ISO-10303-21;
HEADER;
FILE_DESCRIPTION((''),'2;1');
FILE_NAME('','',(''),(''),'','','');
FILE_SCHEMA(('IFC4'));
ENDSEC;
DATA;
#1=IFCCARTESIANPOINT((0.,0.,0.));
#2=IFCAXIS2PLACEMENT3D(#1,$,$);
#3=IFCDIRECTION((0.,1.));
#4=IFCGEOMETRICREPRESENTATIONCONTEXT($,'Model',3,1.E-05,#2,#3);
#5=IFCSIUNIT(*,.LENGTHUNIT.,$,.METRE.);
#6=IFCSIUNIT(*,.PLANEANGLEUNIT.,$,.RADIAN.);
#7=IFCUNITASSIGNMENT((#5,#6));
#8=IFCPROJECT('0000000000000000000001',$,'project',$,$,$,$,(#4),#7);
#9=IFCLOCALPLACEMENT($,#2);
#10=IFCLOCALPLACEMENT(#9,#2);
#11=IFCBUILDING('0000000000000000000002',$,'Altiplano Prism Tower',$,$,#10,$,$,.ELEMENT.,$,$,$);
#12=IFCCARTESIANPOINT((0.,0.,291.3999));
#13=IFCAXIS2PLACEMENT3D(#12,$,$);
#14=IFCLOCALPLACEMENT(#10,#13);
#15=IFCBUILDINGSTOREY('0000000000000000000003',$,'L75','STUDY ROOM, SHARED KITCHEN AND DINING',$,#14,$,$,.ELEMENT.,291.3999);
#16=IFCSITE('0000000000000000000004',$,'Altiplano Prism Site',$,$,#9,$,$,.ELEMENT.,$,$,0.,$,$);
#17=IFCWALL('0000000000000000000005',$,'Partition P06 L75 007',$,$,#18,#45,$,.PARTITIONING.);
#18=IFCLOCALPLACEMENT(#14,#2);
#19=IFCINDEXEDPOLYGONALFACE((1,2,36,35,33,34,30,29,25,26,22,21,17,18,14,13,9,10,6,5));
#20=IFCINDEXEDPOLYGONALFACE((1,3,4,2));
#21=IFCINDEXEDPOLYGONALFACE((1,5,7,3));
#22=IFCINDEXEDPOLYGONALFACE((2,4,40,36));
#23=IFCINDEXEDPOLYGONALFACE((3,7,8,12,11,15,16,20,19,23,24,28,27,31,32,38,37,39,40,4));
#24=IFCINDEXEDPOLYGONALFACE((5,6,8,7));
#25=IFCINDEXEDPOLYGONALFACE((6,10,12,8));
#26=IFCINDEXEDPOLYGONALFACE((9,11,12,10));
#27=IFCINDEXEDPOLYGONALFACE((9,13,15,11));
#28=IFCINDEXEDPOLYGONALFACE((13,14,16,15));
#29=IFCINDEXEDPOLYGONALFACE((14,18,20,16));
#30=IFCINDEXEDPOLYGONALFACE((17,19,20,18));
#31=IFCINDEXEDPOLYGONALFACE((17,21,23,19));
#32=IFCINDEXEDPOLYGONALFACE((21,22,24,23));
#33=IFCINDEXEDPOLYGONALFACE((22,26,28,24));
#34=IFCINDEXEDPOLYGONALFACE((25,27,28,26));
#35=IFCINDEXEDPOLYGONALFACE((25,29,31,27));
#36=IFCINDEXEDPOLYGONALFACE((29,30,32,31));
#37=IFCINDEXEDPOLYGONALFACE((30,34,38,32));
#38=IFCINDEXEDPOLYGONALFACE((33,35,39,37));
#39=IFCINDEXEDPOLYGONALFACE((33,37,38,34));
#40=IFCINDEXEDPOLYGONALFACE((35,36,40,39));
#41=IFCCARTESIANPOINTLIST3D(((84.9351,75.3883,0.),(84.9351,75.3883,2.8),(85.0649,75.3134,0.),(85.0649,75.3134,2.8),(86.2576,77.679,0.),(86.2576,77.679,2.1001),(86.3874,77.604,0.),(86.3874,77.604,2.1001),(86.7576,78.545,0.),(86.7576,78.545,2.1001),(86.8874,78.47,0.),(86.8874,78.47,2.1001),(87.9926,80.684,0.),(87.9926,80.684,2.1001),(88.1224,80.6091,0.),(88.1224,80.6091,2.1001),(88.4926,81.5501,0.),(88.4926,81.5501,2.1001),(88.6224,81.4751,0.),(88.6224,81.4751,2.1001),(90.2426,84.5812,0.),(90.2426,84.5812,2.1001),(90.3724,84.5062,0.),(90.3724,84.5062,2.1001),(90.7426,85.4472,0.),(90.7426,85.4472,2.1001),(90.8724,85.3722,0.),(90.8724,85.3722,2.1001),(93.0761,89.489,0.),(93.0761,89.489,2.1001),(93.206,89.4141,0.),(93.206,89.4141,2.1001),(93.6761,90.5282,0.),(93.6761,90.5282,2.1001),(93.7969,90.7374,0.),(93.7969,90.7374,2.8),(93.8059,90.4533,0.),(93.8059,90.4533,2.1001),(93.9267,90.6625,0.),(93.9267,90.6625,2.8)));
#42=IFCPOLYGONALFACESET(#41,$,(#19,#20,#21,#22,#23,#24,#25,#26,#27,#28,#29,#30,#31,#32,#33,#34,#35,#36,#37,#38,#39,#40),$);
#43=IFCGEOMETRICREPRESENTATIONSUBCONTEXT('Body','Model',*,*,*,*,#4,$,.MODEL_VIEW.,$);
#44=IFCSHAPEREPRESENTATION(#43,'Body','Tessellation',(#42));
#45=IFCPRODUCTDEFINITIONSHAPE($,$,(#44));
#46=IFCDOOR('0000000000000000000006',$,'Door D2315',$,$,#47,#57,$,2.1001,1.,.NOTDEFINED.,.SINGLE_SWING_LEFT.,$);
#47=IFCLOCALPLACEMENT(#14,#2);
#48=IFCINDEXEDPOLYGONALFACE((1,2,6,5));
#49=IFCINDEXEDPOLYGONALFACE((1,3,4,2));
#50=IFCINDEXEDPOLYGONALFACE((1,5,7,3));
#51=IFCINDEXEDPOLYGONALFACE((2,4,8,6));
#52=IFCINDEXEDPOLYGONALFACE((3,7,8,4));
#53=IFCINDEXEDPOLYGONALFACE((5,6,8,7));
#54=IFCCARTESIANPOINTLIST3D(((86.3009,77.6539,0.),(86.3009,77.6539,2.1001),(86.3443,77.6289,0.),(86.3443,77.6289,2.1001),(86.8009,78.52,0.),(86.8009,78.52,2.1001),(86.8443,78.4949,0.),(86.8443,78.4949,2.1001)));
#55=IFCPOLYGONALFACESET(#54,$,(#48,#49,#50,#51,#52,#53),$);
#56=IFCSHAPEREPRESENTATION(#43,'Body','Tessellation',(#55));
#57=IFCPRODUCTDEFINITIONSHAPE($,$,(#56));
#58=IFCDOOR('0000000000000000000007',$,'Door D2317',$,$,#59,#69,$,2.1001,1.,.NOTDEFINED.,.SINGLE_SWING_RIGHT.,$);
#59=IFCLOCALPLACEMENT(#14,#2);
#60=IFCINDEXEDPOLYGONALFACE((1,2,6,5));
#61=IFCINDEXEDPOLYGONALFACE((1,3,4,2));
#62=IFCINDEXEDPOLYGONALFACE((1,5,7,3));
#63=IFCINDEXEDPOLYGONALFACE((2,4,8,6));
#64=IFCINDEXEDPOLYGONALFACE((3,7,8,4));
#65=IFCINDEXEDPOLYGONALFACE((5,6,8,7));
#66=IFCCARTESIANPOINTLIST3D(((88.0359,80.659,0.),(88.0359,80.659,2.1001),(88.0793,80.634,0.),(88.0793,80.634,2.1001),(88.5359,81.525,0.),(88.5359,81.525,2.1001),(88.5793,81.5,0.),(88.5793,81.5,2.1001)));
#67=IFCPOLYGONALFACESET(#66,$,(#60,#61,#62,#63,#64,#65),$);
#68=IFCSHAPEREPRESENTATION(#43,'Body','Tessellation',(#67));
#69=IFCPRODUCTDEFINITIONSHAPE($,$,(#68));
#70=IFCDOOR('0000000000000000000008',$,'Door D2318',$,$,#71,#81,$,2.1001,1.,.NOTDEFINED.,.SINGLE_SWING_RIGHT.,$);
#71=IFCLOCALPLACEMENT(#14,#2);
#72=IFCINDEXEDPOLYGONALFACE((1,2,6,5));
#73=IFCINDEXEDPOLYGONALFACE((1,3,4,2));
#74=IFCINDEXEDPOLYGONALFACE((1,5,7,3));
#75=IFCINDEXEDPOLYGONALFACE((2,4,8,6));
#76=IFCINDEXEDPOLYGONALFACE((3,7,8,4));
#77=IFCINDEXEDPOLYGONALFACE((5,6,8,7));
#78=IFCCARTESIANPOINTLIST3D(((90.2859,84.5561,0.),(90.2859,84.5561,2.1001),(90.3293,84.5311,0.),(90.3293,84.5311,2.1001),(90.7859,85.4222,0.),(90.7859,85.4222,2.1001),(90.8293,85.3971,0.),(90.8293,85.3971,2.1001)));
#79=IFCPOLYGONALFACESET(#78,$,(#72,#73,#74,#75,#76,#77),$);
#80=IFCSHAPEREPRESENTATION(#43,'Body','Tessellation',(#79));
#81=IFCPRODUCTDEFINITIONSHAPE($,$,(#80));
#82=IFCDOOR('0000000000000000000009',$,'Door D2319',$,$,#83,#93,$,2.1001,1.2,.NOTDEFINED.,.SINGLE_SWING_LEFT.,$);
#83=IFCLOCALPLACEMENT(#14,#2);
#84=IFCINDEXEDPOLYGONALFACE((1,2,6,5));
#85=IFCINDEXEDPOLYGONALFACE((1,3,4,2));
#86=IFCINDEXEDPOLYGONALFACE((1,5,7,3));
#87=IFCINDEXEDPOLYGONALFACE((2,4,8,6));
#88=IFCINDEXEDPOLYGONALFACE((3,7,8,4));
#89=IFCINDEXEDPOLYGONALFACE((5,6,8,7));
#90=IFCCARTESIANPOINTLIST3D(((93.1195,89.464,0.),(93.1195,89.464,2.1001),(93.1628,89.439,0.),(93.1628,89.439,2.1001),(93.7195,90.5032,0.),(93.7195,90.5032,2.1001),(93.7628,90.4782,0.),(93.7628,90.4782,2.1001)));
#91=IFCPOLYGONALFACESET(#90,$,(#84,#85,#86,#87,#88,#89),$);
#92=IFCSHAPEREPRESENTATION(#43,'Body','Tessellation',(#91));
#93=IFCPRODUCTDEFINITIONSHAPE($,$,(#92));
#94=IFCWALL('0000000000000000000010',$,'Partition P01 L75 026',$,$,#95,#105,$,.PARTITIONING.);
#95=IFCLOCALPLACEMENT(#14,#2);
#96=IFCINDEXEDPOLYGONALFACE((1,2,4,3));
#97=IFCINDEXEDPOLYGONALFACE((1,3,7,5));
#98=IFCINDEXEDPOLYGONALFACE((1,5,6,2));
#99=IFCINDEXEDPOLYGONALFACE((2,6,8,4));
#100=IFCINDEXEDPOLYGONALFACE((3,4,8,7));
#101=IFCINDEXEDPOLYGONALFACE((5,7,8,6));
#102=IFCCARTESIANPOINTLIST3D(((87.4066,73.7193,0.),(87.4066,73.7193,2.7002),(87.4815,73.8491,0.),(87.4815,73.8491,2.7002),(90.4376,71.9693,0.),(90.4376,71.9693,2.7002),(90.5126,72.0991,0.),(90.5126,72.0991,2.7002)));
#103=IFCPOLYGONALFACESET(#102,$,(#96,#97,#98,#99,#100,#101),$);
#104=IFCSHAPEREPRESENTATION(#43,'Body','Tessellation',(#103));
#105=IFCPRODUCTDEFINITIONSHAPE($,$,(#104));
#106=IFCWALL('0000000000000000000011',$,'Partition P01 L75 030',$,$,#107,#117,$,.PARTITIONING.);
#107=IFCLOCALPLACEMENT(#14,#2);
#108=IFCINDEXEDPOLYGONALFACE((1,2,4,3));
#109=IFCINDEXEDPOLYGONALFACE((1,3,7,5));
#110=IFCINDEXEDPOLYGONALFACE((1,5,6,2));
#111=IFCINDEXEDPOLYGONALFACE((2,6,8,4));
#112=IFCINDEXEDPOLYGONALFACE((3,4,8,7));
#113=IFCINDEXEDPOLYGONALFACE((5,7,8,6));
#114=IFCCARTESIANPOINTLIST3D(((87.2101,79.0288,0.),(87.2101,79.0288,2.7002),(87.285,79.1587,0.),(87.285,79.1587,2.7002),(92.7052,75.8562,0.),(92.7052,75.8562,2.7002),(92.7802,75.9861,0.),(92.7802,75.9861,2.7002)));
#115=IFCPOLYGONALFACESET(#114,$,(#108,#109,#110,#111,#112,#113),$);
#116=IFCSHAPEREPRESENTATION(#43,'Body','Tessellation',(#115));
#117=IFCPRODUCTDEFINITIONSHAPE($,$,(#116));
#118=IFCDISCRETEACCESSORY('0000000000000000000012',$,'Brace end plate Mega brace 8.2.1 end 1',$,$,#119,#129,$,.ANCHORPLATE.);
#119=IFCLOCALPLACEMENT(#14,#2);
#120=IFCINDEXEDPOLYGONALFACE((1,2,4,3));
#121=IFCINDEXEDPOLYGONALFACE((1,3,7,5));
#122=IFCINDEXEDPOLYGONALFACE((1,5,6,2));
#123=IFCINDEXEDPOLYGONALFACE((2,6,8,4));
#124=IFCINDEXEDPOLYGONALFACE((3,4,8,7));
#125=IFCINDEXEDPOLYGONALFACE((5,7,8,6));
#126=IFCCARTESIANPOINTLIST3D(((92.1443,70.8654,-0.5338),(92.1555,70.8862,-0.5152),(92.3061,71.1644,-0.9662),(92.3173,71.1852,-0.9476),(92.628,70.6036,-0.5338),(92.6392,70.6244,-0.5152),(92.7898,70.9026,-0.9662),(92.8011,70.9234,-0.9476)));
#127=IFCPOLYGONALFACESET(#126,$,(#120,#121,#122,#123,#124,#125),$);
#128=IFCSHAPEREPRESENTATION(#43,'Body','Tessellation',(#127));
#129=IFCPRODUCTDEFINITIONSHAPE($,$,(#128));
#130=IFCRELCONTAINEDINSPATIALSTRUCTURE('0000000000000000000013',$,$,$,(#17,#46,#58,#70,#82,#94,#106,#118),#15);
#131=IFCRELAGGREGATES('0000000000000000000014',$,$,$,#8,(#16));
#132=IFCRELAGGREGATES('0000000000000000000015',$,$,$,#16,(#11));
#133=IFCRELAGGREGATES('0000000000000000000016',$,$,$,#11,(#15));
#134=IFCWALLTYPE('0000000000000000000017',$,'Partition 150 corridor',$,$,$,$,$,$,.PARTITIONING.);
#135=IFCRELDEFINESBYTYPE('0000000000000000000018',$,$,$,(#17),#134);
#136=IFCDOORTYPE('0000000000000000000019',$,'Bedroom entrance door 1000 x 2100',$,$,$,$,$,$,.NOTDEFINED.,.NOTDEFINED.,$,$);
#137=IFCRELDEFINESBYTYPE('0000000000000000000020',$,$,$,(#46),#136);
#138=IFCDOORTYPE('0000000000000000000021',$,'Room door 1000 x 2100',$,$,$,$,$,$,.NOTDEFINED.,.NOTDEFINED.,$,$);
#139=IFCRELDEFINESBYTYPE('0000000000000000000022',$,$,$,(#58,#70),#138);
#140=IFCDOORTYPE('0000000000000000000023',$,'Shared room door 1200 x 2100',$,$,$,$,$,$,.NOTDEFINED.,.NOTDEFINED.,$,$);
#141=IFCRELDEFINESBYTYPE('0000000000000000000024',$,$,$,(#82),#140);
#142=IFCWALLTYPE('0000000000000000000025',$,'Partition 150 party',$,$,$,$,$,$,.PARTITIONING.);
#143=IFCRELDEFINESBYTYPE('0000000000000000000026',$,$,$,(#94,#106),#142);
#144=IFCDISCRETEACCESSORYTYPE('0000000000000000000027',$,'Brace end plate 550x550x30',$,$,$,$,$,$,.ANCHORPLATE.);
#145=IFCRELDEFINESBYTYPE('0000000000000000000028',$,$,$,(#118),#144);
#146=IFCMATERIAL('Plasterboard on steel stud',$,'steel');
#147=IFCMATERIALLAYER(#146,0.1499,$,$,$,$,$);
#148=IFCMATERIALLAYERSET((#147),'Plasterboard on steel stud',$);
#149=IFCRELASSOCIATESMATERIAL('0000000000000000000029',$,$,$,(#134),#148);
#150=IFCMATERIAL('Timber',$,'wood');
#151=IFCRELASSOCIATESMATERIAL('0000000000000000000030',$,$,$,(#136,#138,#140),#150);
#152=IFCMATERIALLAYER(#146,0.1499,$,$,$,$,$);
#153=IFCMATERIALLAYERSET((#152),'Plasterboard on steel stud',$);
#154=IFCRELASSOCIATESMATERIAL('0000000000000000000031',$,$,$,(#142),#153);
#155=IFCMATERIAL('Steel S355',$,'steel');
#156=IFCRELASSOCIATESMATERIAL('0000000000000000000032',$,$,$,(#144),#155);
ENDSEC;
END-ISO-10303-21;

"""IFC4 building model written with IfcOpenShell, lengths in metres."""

from ifc_helpers import new_model, si_unit, direction, frame, frame_2d, origin, origin_2d, place, context, subcontext, project, spatial, rectangle, extrude, material, layer, layer_set, material_profile, profile_set, type_object, element, fill, save


model = new_model("IFC4")

# Units and contexts
model_context = context("Model", 3, precision=1e-05, world=origin(), true_north=direction((0.0, 1.0)))
body_context = subcontext(model_context, "Body", "Model", "MODEL_VIEW")
ifc_project = project(units=[si_unit("LENGTHUNIT", "METRE"), si_unit("PLANEANGLEUNIT", "RADIAN")], contexts=[model_context])

# Site, building, storey
site_placement = place(None, origin())
site = spatial("IfcSite", under=ifc_project, at=site_placement, Name="Altiplano Prism Site", CompositionType="ELEMENT", RefElevation=0.0)
building_placement = place(site_placement, origin())
building = spatial("IfcBuilding", under=site, at=building_placement, Name="Altiplano Prism Tower", CompositionType="ELEMENT")
storey_placement = place(building_placement, frame((0.0, 0.0, 291.3999)))
storey = spatial("IfcBuildingStorey", under=building, at=storey_placement, Name="L75", Description="STUDY ROOM, SHARED KITCHEN AND DINING", CompositionType="ELEMENT", Elevation=291.3999)

# Shared definitions
ifc_material_1 = material(Name="Steel S355", Category="steel")

# Shared definitions
ifc_material_2 = material(Name="Plasterboard on steel stud", Category="steel")
ifc_material_3 = material(Name="Timber", Category="wood")

# Wall, openings, doors
ifc_layer_1 = layer(ifc_material_2, 0.1499)
ifc_layer_set_1 = layer_set([ifc_layer_1], Name="Plasterboard on steel stud")
wall_type_1 = type_object("IfcWallType", Name="Partition 150 corridor", PredefinedType="PARTITIONING", material=ifc_layer_set_1)
wall_1_placement = place(storey_placement, frame((85.0, 75.3508, 0.0), z_axis=(0.0, 0.0, 1.0), x_axis=(0.5, 0.866025, 0.0)))
wall_1 = element("IfcWall", 1, at=wall_1_placement, inside=storey, type_object=wall_type_1, Name="Partition P06 L75 007", PredefinedType="PARTITIONING", context=body_context, shape_type="SweptSolid", body=[
    extrude(rectangle(XDim=17.7236, YDim=0.1499, at=frame_2d((8.8618, 0.0))), origin(), (0.0, 0.0, 1.0), 2.8),
])
opening_1_placement = place(wall_1_placement, frame((2.645, 0.0, 0.0)))
opening_1 = element("IfcOpeningElement", 2, at=opening_1_placement, cuts=wall_1, PredefinedType="OPENING", context=body_context, shape_type="SweptSolid", body=[
    extrude(rectangle(XDim=1.0, YDim=2.1001, at=frame_2d((0.5, 1.05))), frame((0.0, 0.0854, 0.0), z_axis=(0.0, -1.0, 0.0), x_axis=(1.0, 0.0, 0.0)), (0.0, 0.0, 1.0), 0.1709),
])
opening_2_placement = place(wall_1_placement, frame((6.115, 0.0, 0.0)))
opening_2 = element("IfcOpeningElement", 3, at=opening_2_placement, cuts=wall_1, PredefinedType="OPENING", context=body_context, shape_type="SweptSolid", body=[
    extrude(rectangle(XDim=1.0, YDim=2.1001, at=frame_2d((0.5, 1.05))), frame((0.0, 0.0854, 0.0), z_axis=(0.0, -1.0, 0.0), x_axis=(1.0, 0.0, 0.0)), (0.0, 0.0, 1.0), 0.1709),
])
opening_3_placement = place(wall_1_placement, frame((10.615, 0.0, 0.0)))
opening_3 = element("IfcOpeningElement", 4, at=opening_3_placement, cuts=wall_1, PredefinedType="OPENING", context=body_context, shape_type="SweptSolid", body=[
    extrude(rectangle(XDim=1.0, YDim=2.1001, at=frame_2d((0.5, 1.05))), frame((0.0, 0.0854, 0.0), z_axis=(0.0, -1.0, 0.0), x_axis=(1.0, 0.0, 0.0)), (0.0, 0.0, 1.0), 0.1709),
])
opening_4_placement = place(wall_1_placement, frame((16.282, 0.0, 0.0)))
opening_4 = element("IfcOpeningElement", 5, at=opening_4_placement, cuts=wall_1, PredefinedType="OPENING", context=body_context, shape_type="SweptSolid", body=[
    extrude(rectangle(XDim=1.2, YDim=2.1001, at=frame_2d((0.6001, 1.05))), frame((0.0, 0.0854, 0.0), z_axis=(0.0, -1.0, 0.0), x_axis=(1.0, 0.0, 0.0)), (0.0, 0.0, 1.0), 0.1709),
])
door_type_1 = type_object("IfcDoorType", Name="Bedroom entrance door 1000 x 2100", OperationType="NOTDEFINED", PredefinedType="NOTDEFINED", material=ifc_material_3)
door_1_placement = place(opening_1_placement, origin())
door_1 = element("IfcDoor", 6, at=door_1_placement, inside=storey, type_object=door_type_1, Name="Door D2315", OperationType="SINGLE_SWING_LEFT", OverallHeight=2.1001, OverallWidth=1.0, PredefinedType="NOTDEFINED", context=body_context, shape_type="SweptSolid", body=[
    extrude(rectangle(XDim=1.0, YDim=2.1001, at=frame_2d((0.5, 1.05))), frame((0.0, 0.0249, 0.0), z_axis=(0.0, -1.0, 0.0), x_axis=(1.0, 0.0, 0.0)), (0.0, 0.0, 1.0), 0.05),
])
fill(opening_1, door_1)
door_type_2 = type_object("IfcDoorType", Name="Room door 1000 x 2100", OperationType="NOTDEFINED", PredefinedType="NOTDEFINED", material=ifc_material_3)
door_2_placement = place(opening_2_placement, origin())
door_2 = element("IfcDoor", 7, at=door_2_placement, inside=storey, type_object=door_type_2, Name="Door D2317", OperationType="SINGLE_SWING_RIGHT", OverallHeight=2.1001, OverallWidth=1.0, PredefinedType="NOTDEFINED", context=body_context, shape_type="SweptSolid", body=[
    extrude(rectangle(XDim=1.0, YDim=2.1001, at=frame_2d((0.5, 1.05))), frame((0.0, 0.0249, 0.0), z_axis=(0.0, -1.0, 0.0), x_axis=(1.0, 0.0, 0.0)), (0.0, 0.0, 1.0), 0.05),
])
fill(opening_2, door_2)
door_3_placement = place(opening_3_placement, origin())
door_3 = element("IfcDoor", 8, at=door_3_placement, inside=storey, type_object=door_type_2, Name="Door D2318", OperationType="SINGLE_SWING_RIGHT", OverallHeight=2.1001, OverallWidth=1.0, PredefinedType="NOTDEFINED", context=body_context, shape_type="SweptSolid", body=[
    extrude(rectangle(XDim=1.0, YDim=2.1001, at=frame_2d((0.5, 1.05))), frame((0.0, 0.0249, 0.0), z_axis=(0.0, -1.0, 0.0), x_axis=(1.0, 0.0, 0.0)), (0.0, 0.0, 1.0), 0.05),
])
fill(opening_3, door_3)
door_type_3 = type_object("IfcDoorType", Name="Shared room door 1200 x 2100", OperationType="NOTDEFINED", PredefinedType="NOTDEFINED", material=ifc_material_3)
door_4_placement = place(opening_4_placement, origin())
door_4 = element("IfcDoor", 9, at=door_4_placement, inside=storey, type_object=door_type_3, Name="Door D2319", OperationType="SINGLE_SWING_LEFT", OverallHeight=2.1001, OverallWidth=1.2, PredefinedType="NOTDEFINED", context=body_context, shape_type="SweptSolid", body=[
    extrude(rectangle(XDim=1.2, YDim=2.1001, at=frame_2d((0.6001, 1.05))), frame((0.0, 0.0249, 0.0), z_axis=(0.0, -1.0, 0.0), x_axis=(1.0, 0.0, 0.0)), (0.0, 0.0, 1.0), 0.05),
])
fill(opening_4, door_4)

# Walls
ifc_layer_2 = layer(ifc_material_2, 0.1499)
ifc_layer_set_2 = layer_set([ifc_layer_2], Name="Plasterboard on steel stud")
wall_type_2 = type_object("IfcWallType", Name="Partition 150 party", PredefinedType="PARTITIONING", material=ifc_layer_set_2)
wall_2_placement = place(storey_placement, frame((90.4751, 72.0342, 0.0), z_axis=(0.0, 0.0, 1.0), x_axis=(-0.866019, 0.50001, 0.0)))
element("IfcWall", 10, at=wall_2_placement, inside=storey, type_object=wall_type_2, Name="Partition P01 L75 026", PredefinedType="PARTITIONING", context=body_context, shape_type="SweptSolid", body=[
    extrude(rectangle(XDim=3.5, YDim=0.1499, at=frame_2d((1.75, 0.0))), origin(), (0.0, 0.0, 1.0), 2.7002),
])
wall_3_placement = place(storey_placement, frame((92.7427, 75.9211, 0.0), z_axis=(0.0, 0.0, 1.0), x_axis=(-0.866025, 0.5, 0.0)))
element("IfcWall", 11, at=wall_3_placement, inside=storey, type_object=wall_type_2, Name="Partition P01 L75 030", PredefinedType="PARTITIONING", context=body_context, shape_type="SweptSolid", body=[
    extrude(rectangle(XDim=6.3452, YDim=0.1499, at=frame_2d((3.1726, 0.0))), origin(), (0.0, 0.0, 1.0), 2.7002),
])

# Discrete accessory
ifc_material_profile_1 = material_profile(ifc_material_1, rectangle(XDim=0.55, YDim=0.55, at=origin_2d()), Name="Brace end plate 550x550x30")
ifc_profile_set_1 = profile_set([ifc_material_profile_1], Name="Steel S355")
discrete_accessory_type = type_object("IfcDiscreteAccessoryType", Name="Brace end plate 550x550x30", PredefinedType="ANCHORPLATE", material=ifc_profile_set_1)
discrete_accessory_placement = place(storey_placement, frame((92.467, 70.884, -0.75), z_axis=(0.374132, 0.691331, 0.618131), x_axis=(-0.879472, 0.47595, 0.0)))
element("IfcDiscreteAccessory", 12, at=discrete_accessory_placement, inside=storey, type_object=discrete_accessory_type, Name="Brace end plate Mega brace 8.2.1 end 1", PredefinedType="ANCHORPLATE", context=body_context, shape_type="SweptSolid", body=[
    extrude(rectangle(XDim=0.55, YDim=0.55, at=origin_2d()), origin(), (0.0, 0.0, 1.0), 0.03),
])

save(model, "model.ifc")
